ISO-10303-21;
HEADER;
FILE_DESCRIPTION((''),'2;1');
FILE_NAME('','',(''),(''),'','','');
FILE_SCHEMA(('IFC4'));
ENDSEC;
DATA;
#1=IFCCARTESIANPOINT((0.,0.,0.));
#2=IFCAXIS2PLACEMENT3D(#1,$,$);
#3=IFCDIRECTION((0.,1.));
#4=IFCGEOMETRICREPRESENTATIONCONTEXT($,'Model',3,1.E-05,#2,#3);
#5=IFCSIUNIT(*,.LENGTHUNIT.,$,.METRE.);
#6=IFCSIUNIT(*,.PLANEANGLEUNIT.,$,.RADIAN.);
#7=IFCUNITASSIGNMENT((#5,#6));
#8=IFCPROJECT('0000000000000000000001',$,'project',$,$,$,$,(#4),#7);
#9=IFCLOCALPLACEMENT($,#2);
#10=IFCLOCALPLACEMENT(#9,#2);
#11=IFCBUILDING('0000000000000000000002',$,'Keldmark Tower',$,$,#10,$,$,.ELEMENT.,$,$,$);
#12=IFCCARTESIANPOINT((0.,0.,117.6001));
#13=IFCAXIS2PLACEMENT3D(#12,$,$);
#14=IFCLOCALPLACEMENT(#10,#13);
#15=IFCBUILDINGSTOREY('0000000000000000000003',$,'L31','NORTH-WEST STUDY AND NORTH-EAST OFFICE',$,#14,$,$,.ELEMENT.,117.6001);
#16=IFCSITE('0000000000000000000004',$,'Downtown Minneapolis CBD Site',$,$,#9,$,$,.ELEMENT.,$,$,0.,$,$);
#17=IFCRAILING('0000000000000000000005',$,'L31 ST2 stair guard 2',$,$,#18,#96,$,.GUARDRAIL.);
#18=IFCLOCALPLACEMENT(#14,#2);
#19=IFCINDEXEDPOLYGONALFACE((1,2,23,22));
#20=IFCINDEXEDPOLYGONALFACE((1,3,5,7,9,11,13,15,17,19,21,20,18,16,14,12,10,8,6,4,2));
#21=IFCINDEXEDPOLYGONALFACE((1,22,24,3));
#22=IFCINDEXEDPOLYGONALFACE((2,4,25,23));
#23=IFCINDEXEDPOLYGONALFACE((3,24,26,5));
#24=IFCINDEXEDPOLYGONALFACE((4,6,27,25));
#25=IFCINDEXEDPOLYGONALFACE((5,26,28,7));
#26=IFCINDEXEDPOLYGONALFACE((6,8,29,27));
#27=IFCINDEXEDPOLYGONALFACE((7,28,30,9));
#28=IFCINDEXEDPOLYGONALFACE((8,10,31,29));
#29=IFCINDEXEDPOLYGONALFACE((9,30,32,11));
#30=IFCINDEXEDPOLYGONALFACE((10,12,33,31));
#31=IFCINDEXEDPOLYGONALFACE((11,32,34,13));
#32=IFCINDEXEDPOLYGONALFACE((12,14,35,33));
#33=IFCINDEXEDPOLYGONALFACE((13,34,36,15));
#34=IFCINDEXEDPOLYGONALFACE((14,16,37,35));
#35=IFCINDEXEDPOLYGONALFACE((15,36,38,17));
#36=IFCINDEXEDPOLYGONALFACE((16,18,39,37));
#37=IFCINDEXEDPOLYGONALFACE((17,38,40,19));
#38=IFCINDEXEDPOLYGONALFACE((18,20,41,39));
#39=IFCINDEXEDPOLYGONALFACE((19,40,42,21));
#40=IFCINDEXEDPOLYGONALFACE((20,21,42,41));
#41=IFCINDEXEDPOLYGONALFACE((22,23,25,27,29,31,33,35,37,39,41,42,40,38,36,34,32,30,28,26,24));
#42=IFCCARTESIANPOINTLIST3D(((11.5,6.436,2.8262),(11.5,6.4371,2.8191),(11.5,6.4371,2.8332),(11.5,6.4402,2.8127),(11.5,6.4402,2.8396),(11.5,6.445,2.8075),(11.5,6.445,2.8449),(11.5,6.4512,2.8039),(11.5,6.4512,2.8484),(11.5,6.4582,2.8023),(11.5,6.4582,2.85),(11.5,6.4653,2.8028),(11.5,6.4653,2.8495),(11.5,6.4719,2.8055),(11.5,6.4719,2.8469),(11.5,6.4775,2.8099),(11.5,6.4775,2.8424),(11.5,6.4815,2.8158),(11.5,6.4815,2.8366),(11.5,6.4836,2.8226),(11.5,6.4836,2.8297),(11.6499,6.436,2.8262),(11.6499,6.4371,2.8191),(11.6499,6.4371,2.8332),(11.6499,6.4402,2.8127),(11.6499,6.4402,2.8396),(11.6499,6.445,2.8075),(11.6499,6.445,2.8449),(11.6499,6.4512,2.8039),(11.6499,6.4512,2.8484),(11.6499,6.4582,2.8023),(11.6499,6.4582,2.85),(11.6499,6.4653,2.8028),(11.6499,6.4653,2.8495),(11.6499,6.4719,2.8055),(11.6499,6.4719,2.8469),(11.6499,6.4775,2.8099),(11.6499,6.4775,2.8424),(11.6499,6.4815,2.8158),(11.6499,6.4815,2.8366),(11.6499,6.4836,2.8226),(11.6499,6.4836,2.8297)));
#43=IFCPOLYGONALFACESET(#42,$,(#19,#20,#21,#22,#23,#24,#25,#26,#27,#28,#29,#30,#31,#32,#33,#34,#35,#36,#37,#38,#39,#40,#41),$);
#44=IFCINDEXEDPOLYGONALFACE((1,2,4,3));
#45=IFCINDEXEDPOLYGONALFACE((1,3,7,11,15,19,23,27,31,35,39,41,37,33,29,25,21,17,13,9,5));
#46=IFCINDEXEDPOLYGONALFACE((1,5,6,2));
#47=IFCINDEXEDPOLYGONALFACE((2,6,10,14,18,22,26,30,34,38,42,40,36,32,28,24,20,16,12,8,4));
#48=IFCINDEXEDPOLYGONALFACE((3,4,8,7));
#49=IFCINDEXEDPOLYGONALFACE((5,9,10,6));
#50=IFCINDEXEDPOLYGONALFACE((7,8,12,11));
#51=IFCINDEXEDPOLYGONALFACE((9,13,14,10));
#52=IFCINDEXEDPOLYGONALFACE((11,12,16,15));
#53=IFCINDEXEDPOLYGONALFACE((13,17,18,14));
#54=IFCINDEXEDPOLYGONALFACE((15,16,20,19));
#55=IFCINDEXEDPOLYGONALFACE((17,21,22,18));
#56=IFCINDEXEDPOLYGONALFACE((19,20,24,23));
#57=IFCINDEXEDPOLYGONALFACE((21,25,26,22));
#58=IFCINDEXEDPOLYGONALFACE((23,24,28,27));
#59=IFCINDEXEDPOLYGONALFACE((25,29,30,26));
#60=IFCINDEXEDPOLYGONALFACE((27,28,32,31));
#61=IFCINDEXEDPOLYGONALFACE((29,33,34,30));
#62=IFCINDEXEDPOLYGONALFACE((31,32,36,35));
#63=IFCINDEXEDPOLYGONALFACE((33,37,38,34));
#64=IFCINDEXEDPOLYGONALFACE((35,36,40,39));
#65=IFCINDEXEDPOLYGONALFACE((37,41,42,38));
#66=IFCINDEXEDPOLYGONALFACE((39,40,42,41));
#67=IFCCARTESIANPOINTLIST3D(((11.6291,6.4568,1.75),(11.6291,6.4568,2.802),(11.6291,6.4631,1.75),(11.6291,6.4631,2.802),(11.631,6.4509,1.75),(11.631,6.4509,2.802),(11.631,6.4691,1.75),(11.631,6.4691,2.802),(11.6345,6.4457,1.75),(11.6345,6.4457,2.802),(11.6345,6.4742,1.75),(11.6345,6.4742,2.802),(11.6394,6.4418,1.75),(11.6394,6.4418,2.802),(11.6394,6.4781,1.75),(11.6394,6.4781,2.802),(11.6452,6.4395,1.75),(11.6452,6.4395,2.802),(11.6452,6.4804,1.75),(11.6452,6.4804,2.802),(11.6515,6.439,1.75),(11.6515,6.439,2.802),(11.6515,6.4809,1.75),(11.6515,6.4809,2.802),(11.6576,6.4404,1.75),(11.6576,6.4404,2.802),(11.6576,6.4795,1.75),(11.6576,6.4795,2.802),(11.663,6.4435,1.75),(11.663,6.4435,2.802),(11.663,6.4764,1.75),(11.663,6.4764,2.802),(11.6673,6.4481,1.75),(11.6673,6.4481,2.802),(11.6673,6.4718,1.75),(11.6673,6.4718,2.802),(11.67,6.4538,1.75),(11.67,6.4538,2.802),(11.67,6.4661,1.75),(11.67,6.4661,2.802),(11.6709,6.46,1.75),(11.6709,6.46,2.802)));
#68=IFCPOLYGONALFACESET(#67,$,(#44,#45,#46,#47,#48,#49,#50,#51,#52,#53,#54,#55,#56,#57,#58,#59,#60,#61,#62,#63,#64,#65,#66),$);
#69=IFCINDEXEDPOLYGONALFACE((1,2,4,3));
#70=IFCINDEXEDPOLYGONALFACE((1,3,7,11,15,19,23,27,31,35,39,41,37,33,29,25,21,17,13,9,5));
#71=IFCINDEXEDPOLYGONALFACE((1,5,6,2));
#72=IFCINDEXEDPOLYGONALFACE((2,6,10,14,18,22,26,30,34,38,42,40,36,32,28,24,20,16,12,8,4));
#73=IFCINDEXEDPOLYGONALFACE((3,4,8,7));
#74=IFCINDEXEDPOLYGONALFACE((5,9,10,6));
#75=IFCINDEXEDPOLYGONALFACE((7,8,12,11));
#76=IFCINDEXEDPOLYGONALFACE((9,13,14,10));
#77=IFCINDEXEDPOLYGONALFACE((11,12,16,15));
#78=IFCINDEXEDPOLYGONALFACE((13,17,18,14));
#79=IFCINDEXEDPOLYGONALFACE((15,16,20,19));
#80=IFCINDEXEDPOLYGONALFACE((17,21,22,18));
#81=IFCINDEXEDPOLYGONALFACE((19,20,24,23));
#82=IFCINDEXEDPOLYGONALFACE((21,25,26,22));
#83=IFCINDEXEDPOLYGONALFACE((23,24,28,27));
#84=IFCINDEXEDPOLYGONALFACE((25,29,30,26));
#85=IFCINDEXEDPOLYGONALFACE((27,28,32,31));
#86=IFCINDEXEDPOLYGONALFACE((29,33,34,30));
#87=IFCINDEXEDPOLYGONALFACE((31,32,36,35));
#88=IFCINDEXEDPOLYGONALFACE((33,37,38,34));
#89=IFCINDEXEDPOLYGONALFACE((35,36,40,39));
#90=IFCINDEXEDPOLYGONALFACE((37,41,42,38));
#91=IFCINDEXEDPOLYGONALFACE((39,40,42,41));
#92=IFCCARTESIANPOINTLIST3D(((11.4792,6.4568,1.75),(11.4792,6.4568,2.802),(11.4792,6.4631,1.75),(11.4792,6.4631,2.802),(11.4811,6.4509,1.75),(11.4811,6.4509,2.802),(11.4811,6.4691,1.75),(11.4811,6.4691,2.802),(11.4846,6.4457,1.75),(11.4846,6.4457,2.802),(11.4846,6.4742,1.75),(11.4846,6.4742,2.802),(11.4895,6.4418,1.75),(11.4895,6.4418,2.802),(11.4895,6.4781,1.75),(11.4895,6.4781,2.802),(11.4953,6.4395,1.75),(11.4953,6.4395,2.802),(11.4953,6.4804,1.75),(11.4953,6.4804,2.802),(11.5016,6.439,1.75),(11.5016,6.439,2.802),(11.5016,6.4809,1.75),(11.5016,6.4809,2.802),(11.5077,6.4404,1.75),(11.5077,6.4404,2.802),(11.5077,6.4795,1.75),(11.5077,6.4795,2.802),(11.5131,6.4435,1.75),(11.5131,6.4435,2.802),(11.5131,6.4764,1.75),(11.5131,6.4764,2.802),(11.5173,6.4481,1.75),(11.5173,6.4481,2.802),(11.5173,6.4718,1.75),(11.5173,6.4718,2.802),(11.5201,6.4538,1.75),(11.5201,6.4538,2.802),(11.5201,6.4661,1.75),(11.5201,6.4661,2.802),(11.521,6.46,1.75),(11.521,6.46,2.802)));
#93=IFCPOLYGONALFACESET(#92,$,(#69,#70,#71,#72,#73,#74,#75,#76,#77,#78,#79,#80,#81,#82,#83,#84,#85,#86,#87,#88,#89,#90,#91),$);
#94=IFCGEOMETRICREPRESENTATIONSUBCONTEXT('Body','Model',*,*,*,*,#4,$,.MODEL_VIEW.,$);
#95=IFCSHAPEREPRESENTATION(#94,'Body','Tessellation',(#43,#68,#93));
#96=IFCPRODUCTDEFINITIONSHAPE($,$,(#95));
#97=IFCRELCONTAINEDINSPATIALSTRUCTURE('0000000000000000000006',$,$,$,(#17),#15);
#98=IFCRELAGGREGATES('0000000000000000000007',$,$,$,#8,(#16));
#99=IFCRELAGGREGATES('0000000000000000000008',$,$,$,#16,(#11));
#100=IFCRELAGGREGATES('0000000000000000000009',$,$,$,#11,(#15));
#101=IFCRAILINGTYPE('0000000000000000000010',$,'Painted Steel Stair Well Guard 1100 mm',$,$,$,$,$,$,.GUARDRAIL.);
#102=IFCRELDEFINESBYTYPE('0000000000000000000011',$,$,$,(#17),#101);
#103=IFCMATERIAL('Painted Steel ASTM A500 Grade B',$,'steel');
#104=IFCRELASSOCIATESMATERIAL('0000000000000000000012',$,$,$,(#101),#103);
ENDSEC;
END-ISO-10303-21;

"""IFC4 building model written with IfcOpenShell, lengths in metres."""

from ifc_helpers import new_model, si_unit, direction, frame, origin, origin_2d, place, context, subcontext, project, spatial, circle, extrude, material, type_object, element, save


model = new_model("IFC4")

# Units and contexts
model_context = context("Model", 3, precision=1e-05, world=origin(), true_north=direction((0.0, 1.0)))
body_context = subcontext(model_context, "Body", "Model", "MODEL_VIEW")
ifc_project = project(units=[si_unit("LENGTHUNIT", "METRE"), si_unit("PLANEANGLEUNIT", "RADIAN")], contexts=[model_context])

# Site, building, storey
site_placement = place(None, origin())
site = spatial("IfcSite", under=ifc_project, at=site_placement, Name="Downtown Minneapolis CBD Site", CompositionType="ELEMENT", RefElevation=0.0)
building_placement = place(site_placement, origin())
building = spatial("IfcBuilding", under=site, at=building_placement, Name="Keldmark Tower", CompositionType="ELEMENT")
storey_placement = place(building_placement, frame((0.0, 0.0, 117.6001)))
storey = spatial("IfcBuildingStorey", under=building, at=storey_placement, Name="L31", Description="NORTH-WEST STUDY AND NORTH-EAST OFFICE", CompositionType="ELEMENT", Elevation=117.6001)

# Railing
ifc_material_1 = material(Name="Painted Steel ASTM A500 Grade B", Category="steel")
railing_type_1 = type_object("IfcRailingType", Name="Painted Steel Stair Well Guard 1100 mm", PredefinedType="GUARDRAIL", material=ifc_material_1)
railing_1_placement = place(storey_placement, frame((11.6499, 6.46, 1.75)))
element("IfcRailing", 1, at=railing_1_placement, inside=storey, type_object=railing_type_1, Name="L31 ST2 stair guard 2", PredefinedType="GUARDRAIL", context=body_context, shape_type="SweptSolid", body=[
    extrude(circle(Radius=0.0239, at=origin_2d()), frame((0.0, 0.0, 1.0762), z_axis=(-1.0, 0.0, 0.0), x_axis=(0.0, -1.0, 0.0)), (0.0, 0.0, 1.0), 0.1499),
    extrude(circle(Radius=0.021, at=origin_2d()), origin(), (0.0, 0.0, 1.0), 1.052),
    extrude(circle(Radius=0.021, at=origin_2d()), frame((-0.1499, 0.0, 0.0)), (0.0, 0.0, 1.0), 1.052),
])

save(model, "model.ifc")
